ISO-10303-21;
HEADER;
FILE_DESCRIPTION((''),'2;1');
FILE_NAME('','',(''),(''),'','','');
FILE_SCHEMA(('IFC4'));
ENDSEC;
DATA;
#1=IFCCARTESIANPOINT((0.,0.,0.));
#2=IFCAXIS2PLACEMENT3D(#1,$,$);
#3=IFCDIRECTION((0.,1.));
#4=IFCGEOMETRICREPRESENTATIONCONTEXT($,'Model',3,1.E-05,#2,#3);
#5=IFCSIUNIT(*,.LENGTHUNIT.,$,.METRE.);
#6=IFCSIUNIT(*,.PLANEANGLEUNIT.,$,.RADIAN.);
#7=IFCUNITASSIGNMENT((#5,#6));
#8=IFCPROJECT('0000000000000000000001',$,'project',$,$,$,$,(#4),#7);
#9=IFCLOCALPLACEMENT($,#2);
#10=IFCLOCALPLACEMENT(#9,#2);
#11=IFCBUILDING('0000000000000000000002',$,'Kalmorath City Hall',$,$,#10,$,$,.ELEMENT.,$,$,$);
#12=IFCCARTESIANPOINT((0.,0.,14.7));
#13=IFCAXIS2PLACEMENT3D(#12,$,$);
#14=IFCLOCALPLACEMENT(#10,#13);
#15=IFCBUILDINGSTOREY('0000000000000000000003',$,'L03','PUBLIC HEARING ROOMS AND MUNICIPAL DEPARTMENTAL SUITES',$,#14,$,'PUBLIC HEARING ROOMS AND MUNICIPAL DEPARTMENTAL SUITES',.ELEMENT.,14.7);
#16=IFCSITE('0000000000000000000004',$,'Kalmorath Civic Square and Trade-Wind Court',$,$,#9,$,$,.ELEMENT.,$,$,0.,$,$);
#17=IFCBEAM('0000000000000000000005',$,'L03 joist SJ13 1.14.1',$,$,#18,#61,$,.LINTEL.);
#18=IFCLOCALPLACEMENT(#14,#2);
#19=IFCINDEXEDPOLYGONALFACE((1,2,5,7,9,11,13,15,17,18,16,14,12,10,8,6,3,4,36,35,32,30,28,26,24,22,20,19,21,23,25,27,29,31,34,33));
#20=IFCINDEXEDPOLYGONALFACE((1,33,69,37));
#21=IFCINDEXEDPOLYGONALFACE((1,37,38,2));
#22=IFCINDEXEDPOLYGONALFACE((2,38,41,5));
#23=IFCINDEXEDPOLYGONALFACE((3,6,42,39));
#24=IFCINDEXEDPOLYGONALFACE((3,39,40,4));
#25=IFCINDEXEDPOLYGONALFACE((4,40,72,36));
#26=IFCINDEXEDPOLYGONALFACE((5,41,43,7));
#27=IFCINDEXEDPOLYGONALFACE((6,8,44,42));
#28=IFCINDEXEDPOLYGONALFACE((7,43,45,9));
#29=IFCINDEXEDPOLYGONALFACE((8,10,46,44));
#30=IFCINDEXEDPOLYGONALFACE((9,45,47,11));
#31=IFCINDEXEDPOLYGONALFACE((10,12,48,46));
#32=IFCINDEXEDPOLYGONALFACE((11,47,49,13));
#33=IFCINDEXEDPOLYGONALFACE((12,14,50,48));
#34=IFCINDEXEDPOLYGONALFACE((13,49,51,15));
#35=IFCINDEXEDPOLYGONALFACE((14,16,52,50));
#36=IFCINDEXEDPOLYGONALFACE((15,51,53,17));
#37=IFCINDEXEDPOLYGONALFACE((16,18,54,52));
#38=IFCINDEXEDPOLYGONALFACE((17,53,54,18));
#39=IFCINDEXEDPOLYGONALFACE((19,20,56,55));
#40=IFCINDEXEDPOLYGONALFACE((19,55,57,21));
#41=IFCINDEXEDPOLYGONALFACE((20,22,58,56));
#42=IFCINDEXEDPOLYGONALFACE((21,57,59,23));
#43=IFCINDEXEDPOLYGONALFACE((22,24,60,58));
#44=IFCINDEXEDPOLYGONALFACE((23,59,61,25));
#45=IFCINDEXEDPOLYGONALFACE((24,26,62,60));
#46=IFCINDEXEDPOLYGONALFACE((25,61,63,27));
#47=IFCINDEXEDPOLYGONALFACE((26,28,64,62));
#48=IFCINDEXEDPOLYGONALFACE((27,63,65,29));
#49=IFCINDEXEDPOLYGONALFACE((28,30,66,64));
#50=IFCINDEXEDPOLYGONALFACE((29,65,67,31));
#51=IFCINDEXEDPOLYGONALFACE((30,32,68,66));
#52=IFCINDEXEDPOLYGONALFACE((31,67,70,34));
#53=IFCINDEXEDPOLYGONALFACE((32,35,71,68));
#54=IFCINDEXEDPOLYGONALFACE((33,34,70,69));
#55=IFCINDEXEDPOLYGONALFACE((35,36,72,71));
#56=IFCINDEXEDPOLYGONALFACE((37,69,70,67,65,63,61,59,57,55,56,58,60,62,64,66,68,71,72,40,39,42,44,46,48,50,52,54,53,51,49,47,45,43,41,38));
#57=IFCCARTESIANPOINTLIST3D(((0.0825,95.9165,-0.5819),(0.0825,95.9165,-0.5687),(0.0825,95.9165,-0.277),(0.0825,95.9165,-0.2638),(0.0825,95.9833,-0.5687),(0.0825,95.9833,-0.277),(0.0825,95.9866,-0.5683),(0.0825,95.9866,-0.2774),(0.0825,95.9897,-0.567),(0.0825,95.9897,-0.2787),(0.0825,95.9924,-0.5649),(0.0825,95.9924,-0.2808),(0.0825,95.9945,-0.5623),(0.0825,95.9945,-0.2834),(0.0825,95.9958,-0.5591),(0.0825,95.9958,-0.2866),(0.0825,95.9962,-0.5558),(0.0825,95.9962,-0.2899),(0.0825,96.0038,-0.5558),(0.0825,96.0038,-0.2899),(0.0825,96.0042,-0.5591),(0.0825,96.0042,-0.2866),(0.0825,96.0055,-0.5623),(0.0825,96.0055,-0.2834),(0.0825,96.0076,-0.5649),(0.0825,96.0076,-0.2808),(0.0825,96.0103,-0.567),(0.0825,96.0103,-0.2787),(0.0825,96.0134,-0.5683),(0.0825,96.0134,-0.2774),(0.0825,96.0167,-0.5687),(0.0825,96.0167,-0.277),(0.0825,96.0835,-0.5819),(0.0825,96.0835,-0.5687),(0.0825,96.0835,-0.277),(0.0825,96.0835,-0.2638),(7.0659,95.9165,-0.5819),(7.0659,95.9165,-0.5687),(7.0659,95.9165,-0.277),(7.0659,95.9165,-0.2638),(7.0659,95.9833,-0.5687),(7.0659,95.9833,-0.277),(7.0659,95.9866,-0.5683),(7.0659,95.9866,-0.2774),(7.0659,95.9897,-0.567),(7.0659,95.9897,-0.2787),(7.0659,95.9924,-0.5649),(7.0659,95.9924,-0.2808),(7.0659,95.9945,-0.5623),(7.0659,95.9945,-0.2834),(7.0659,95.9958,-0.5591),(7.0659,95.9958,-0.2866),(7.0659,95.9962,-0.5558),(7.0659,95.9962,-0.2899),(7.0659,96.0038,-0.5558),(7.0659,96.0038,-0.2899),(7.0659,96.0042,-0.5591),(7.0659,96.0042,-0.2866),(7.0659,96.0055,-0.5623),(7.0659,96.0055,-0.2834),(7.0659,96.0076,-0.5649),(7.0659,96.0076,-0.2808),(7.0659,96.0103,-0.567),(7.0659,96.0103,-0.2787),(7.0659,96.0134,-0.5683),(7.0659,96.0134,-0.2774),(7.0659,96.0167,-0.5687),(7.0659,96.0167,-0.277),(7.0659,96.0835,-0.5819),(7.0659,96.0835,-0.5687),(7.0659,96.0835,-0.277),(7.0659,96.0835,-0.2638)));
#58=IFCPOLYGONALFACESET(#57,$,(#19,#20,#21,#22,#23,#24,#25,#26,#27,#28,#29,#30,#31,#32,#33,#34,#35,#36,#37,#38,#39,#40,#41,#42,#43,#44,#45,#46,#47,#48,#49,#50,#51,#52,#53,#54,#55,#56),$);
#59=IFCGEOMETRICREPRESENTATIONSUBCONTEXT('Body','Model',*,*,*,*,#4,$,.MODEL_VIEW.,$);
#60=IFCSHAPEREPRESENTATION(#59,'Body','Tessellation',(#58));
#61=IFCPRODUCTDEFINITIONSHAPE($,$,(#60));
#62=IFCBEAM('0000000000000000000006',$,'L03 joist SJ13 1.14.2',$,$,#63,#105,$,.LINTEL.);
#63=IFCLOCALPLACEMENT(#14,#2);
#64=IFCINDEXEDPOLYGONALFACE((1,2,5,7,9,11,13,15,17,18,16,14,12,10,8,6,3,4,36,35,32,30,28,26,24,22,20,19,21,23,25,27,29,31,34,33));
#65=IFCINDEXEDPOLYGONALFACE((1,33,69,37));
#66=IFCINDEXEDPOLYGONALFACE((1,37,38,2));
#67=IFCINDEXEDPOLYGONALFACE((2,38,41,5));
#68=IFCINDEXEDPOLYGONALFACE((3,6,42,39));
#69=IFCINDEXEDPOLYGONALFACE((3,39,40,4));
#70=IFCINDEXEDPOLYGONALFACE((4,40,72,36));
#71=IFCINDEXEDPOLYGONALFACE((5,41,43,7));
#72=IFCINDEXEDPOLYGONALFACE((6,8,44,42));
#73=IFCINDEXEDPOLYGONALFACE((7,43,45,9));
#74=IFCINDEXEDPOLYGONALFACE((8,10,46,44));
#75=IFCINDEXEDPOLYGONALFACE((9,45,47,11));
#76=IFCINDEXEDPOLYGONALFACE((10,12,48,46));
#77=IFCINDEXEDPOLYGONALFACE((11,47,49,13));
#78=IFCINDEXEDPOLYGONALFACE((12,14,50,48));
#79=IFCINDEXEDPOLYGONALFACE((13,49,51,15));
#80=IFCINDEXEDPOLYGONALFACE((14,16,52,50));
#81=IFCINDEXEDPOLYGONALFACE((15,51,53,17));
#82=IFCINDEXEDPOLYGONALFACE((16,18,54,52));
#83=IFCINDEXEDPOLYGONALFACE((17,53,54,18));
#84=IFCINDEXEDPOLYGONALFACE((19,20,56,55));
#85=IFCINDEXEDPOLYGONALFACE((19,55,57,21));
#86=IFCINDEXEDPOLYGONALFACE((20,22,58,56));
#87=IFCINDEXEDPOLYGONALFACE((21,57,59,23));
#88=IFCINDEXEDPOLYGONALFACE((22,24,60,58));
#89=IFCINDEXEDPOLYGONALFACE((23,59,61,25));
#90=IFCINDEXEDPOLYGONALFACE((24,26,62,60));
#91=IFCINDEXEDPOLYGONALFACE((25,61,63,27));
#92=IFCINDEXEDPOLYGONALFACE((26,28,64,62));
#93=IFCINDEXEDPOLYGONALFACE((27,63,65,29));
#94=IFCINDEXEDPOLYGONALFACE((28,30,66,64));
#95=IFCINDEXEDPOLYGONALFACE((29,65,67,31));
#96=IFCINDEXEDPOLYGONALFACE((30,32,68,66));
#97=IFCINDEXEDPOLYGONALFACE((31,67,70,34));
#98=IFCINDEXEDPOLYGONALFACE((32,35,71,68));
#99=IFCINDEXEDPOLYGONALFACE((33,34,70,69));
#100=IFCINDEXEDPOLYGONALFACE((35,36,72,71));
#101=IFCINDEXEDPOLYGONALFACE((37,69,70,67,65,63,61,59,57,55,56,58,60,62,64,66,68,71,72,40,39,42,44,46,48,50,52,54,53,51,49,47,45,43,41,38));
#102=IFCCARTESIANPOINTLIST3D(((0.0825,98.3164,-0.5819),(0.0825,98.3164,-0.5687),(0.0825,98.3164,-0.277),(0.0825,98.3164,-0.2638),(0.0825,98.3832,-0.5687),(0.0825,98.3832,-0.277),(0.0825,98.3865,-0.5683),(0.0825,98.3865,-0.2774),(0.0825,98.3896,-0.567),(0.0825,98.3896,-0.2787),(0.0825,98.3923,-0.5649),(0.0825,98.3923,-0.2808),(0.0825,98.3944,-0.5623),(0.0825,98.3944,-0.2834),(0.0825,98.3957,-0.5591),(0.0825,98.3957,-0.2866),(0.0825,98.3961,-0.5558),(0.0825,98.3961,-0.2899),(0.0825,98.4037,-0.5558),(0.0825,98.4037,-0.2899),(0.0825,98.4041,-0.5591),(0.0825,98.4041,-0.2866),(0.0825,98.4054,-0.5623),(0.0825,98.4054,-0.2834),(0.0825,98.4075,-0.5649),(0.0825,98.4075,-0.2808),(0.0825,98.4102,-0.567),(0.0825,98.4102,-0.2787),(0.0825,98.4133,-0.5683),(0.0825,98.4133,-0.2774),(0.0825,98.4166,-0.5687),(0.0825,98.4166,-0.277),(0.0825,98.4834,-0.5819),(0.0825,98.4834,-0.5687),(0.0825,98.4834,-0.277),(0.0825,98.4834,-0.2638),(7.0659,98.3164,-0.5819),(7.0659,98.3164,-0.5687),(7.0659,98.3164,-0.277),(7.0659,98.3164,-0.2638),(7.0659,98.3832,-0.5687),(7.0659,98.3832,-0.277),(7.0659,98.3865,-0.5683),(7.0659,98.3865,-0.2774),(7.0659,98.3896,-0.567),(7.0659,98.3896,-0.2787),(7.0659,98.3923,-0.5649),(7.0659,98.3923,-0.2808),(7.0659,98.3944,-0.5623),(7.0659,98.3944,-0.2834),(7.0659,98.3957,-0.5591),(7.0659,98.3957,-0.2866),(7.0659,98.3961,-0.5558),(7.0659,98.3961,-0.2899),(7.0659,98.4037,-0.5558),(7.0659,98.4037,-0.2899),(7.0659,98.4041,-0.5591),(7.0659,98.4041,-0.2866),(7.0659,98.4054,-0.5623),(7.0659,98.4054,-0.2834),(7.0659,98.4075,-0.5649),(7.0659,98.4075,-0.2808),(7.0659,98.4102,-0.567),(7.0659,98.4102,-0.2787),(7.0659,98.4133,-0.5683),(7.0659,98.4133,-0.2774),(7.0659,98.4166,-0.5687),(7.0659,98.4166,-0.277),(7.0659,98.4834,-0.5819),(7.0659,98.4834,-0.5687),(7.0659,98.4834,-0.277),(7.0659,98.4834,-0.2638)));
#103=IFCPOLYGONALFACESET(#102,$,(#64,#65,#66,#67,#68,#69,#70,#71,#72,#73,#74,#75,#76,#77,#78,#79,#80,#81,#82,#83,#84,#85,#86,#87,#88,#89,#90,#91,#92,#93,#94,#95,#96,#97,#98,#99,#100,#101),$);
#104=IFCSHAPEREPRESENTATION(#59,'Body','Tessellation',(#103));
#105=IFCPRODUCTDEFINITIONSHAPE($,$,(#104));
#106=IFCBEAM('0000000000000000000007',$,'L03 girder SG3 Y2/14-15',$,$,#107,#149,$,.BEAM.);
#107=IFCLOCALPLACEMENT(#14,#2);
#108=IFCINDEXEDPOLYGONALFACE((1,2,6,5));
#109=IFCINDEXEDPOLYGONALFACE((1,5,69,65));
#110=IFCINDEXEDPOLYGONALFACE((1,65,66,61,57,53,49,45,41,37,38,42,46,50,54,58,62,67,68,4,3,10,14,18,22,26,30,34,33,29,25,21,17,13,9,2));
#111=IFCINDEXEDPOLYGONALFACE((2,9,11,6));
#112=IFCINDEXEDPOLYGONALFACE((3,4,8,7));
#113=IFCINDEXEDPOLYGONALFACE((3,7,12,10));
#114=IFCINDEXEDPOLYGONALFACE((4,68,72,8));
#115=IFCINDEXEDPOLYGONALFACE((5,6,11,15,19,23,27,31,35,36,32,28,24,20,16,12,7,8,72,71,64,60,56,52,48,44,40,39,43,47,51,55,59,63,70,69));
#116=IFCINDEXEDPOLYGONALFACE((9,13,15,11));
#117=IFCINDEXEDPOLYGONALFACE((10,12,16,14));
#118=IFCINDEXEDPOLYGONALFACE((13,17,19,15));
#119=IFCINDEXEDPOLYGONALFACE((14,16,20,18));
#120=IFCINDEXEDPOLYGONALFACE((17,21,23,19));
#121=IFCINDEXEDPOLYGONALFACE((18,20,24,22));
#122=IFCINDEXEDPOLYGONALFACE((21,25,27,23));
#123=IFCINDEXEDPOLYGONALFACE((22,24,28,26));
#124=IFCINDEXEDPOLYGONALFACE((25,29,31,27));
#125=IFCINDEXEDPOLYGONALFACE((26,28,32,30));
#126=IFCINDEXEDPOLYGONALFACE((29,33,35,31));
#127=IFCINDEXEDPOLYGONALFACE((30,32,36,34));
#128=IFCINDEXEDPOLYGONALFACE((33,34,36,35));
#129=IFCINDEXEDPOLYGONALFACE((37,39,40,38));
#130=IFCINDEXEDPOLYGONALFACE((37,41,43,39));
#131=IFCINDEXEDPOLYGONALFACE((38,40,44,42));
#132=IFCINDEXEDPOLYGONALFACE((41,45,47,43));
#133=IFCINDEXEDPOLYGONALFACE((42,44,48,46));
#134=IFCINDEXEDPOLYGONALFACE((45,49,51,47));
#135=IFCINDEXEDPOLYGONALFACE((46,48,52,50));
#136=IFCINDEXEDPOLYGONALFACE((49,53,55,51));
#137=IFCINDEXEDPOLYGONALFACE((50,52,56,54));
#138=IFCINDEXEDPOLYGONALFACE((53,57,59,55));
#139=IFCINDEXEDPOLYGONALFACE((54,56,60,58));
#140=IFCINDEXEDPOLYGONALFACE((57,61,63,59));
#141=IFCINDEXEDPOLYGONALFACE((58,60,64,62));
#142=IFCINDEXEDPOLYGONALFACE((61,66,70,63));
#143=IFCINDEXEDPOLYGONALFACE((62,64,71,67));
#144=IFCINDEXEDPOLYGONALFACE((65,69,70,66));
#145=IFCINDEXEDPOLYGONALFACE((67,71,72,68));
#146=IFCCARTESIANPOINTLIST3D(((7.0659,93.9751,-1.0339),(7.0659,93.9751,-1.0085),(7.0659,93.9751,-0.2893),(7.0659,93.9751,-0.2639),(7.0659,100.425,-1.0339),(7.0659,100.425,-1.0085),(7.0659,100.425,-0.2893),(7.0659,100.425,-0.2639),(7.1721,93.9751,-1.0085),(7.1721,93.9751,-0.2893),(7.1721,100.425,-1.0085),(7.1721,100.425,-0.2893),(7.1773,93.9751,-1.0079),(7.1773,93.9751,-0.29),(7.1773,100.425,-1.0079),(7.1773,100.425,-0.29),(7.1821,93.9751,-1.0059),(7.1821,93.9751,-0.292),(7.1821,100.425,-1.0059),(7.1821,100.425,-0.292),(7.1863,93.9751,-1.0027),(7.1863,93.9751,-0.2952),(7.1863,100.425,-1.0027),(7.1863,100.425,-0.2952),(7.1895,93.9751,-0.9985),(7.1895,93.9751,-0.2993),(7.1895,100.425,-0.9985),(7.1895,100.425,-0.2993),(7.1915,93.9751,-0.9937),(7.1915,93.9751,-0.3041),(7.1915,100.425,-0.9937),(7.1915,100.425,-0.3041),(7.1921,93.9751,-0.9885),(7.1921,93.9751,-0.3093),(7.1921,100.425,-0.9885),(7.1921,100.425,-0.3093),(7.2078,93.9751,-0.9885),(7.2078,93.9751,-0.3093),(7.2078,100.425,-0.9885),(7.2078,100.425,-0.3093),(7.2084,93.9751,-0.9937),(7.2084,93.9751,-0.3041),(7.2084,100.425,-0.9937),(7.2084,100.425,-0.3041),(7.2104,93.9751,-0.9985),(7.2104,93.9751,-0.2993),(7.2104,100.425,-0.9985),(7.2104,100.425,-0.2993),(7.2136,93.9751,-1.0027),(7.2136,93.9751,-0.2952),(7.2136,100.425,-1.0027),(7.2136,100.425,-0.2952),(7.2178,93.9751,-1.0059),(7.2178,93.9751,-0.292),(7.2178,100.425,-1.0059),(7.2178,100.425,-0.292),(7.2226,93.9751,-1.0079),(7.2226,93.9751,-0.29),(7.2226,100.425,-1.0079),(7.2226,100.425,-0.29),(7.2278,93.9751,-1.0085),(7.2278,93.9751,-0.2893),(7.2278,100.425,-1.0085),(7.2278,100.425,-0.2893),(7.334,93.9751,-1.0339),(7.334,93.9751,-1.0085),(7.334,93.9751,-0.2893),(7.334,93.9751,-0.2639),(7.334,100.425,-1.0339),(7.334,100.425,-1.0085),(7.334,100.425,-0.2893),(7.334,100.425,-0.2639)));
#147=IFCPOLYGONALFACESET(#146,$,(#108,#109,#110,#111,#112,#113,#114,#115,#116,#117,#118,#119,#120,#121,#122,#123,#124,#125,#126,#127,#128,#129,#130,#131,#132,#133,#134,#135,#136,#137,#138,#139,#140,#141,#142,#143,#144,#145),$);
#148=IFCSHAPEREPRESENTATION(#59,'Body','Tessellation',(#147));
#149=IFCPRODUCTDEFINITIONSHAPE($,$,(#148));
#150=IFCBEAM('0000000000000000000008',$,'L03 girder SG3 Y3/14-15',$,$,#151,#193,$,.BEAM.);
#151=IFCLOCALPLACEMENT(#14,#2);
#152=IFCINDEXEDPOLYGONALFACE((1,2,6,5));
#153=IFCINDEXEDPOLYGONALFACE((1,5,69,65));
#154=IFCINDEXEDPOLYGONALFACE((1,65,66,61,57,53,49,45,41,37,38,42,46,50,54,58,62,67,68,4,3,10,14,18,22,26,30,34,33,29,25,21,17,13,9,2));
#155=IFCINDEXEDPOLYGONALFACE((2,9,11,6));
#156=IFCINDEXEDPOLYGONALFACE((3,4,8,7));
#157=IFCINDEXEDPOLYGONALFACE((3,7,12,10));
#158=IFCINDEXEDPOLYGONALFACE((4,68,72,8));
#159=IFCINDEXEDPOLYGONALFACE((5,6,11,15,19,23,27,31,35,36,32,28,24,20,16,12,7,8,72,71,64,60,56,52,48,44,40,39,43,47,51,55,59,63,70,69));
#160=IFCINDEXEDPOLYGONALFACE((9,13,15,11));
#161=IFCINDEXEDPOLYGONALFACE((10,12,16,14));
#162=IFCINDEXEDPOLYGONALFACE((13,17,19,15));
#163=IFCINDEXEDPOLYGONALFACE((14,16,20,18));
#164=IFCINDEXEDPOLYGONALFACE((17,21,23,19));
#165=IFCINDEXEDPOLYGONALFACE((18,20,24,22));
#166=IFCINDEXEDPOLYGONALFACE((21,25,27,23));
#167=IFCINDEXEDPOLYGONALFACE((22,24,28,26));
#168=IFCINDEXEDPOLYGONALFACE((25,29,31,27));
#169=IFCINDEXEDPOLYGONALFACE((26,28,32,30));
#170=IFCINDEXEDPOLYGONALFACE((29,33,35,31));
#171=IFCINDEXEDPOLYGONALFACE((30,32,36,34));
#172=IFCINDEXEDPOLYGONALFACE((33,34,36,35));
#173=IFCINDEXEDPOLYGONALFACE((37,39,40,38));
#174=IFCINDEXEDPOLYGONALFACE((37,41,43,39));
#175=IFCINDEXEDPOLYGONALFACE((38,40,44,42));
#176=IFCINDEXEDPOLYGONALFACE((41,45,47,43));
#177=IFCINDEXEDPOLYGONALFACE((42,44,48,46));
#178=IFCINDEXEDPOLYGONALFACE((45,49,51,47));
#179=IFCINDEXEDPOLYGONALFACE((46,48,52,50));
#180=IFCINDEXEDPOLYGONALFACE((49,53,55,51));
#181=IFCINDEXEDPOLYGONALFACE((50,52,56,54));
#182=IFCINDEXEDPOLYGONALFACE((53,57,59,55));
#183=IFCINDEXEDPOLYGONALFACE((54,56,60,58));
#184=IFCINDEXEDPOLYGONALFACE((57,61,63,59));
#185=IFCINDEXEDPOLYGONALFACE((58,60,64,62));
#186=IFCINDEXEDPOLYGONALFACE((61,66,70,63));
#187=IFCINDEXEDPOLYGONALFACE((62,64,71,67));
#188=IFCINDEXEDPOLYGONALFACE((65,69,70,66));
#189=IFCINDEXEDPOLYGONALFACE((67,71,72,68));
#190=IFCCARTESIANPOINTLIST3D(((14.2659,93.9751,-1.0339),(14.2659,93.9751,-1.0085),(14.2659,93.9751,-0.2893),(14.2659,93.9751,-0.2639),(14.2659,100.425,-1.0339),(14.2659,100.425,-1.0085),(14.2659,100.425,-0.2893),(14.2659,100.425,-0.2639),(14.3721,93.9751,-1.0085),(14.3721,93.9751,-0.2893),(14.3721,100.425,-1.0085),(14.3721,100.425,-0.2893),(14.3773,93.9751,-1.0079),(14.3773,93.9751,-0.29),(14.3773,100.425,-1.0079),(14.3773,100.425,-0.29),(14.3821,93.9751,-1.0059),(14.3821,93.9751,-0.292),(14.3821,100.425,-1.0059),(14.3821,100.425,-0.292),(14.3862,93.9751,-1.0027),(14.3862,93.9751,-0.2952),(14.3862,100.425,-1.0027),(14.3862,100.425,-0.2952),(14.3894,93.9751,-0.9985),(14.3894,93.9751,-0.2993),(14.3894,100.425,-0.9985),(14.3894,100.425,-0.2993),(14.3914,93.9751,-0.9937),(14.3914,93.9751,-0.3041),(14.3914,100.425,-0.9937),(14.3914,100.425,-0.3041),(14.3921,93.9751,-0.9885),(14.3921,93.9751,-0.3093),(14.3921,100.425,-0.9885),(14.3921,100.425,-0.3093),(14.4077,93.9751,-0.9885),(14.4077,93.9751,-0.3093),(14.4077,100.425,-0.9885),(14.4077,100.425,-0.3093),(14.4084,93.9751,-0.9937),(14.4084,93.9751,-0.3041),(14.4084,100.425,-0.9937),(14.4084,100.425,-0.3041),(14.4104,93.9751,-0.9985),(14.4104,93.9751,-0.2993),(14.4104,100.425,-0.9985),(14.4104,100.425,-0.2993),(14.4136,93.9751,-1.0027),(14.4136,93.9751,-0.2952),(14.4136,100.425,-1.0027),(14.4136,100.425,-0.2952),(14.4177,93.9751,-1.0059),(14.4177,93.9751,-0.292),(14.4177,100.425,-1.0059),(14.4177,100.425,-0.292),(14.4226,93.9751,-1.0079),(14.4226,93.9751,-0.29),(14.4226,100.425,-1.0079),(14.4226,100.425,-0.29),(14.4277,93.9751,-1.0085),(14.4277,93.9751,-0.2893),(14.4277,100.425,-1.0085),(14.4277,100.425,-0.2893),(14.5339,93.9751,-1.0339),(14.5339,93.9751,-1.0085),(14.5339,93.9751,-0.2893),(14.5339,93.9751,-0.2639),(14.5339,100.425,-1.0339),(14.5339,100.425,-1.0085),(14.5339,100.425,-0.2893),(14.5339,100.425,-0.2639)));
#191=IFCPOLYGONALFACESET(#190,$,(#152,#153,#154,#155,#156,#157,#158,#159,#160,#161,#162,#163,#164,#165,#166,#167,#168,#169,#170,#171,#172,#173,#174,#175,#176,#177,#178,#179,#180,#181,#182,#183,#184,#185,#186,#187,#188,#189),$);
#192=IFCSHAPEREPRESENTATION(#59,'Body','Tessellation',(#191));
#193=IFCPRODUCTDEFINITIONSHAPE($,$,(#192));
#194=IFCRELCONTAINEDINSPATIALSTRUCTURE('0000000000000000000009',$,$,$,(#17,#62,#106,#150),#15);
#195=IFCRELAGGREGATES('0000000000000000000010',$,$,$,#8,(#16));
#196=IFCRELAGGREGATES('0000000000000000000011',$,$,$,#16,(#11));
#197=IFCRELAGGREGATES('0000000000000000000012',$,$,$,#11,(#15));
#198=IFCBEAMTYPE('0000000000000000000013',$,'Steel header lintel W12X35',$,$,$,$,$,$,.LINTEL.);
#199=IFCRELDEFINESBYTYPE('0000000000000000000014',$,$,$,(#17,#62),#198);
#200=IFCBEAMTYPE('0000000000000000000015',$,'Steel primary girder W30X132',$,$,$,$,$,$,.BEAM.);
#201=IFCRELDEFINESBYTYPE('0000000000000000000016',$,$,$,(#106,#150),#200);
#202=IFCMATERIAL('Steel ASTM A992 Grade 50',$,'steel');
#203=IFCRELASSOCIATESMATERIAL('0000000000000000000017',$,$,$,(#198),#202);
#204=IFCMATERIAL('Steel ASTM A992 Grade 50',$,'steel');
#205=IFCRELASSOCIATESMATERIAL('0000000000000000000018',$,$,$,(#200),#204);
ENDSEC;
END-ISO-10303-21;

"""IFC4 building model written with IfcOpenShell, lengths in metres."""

from ifc_helpers import new_model, si_unit, direction, frame, origin, origin_2d, place, context, subcontext, project, spatial, i_section, extrude, material, material_profile, profile_set, type_object, element, save


model = new_model("IFC4")

# Units and contexts
model_context = context("Model", 3, precision=1e-05, world=origin(), true_north=direction((0.0, 1.0)))
body_context = subcontext(model_context, "Body", "Model", "MODEL_VIEW")
ifc_project = project(units=[si_unit("LENGTHUNIT", "METRE"), si_unit("PLANEANGLEUNIT", "RADIAN")], contexts=[model_context])

# Site, building, storey
site_placement = place(None, origin())
site = spatial("IfcSite", under=ifc_project, at=site_placement, Name="Kalmorath Civic Square and Trade-Wind Court", CompositionType="ELEMENT", RefElevation=0.0)
building_placement = place(site_placement, origin())
building = spatial("IfcBuilding", under=site, at=building_placement, Name="Kalmorath City Hall", CompositionType="ELEMENT")
storey_placement = place(building_placement, frame((0.0, 0.0, 14.7)))
storey = spatial("IfcBuildingStorey", under=building, at=storey_placement, Name="L03", Description="PUBLIC HEARING ROOMS AND MUNICIPAL DEPARTMENTAL SUITES", LongName="PUBLIC HEARING ROOMS AND MUNICIPAL DEPARTMENTAL SUITES", CompositionType="ELEMENT", Elevation=14.7)

# Beams
ifc_material_1 = material(Name="Steel ASTM A992 Grade 50", Category="steel")
ifc_material_profile_1 = material_profile(ifc_material_1, i_section(OverallWidth=0.167, OverallDepth=0.3181, WebThickness=0.0076, FlangeThickness=0.0132, FilletRadius=0.0129, at=origin_2d()), Name="W12X35")
ifc_profile_set_1 = profile_set([ifc_material_profile_1], Name="Steel ASTM A992 Grade 50")
beam_type_1 = type_object("IfcBeamType", Name="Steel header lintel W12X35", PredefinedType="LINTEL", material=ifc_profile_set_1)
for number, where, z_axis, x_axis, name in (
    (1, (0.0825, 96.0, -0.4229), (1.0, 0.0, 0.0), (0.0, 1.0, 0.0), "L03 joist SJ13 1.14.1"),
    (2, (0.0825, 98.3999, -0.4229), (1.0, 0.0, 0.0), (0.0, 1.0, 0.0), "L03 joist SJ13 1.14.2"),
):
    element("IfcBeam", number, at=place(storey_placement, frame(where, z_axis=z_axis, x_axis=x_axis)), inside=storey, type_object=beam_type_1, Name=name, PredefinedType="LINTEL", context=body_context, shape_type="SweptSolid", body=[
        extrude(i_section(OverallWidth=0.167, OverallDepth=0.3181, WebThickness=0.0076, FlangeThickness=0.0132, FilletRadius=0.0129, at=origin_2d()), origin(), (0.0, 0.0, 1.0), 6.9834),
    ])
ifc_material_2 = material(Name="Steel ASTM A992 Grade 50", Category="steel")
ifc_material_profile_2 = material_profile(ifc_material_2, i_section(OverallWidth=0.2681, OverallDepth=0.77, WebThickness=0.0156, FlangeThickness=0.0254, FilletRadius=0.02, at=origin_2d()), Name="W30X132")
ifc_profile_set_2 = profile_set([ifc_material_profile_2], Name="Steel ASTM A992 Grade 50")
beam_type_2 = type_object("IfcBeamType", Name="Steel primary girder W30X132", PredefinedType="BEAM", material=ifc_profile_set_2)
for number, where, z_axis, x_axis, name in (
    (3, (7.2, 93.9751, -0.6489), (0.0, 1.0, 0.0), (-1.0, 0.0, 0.0), "L03 girder SG3 Y2/14-15"),
    (4, (14.3999, 93.9751, -0.6489), (0.0, 1.0, 0.0), (-1.0, 0.0, 0.0), "L03 girder SG3 Y3/14-15"),
):
    element("IfcBeam", number, at=place(storey_placement, frame(where, z_axis=z_axis, x_axis=x_axis)), inside=storey, type_object=beam_type_2, Name=name, PredefinedType="BEAM", context=body_context, shape_type="SweptSolid", body=[
        extrude(i_section(OverallWidth=0.2681, OverallDepth=0.77, WebThickness=0.0156, FlangeThickness=0.0254, FilletRadius=0.02, at=origin_2d()), origin(), (0.0, 0.0, 1.0), 6.45),
    ])

save(model, "model.ifc")
